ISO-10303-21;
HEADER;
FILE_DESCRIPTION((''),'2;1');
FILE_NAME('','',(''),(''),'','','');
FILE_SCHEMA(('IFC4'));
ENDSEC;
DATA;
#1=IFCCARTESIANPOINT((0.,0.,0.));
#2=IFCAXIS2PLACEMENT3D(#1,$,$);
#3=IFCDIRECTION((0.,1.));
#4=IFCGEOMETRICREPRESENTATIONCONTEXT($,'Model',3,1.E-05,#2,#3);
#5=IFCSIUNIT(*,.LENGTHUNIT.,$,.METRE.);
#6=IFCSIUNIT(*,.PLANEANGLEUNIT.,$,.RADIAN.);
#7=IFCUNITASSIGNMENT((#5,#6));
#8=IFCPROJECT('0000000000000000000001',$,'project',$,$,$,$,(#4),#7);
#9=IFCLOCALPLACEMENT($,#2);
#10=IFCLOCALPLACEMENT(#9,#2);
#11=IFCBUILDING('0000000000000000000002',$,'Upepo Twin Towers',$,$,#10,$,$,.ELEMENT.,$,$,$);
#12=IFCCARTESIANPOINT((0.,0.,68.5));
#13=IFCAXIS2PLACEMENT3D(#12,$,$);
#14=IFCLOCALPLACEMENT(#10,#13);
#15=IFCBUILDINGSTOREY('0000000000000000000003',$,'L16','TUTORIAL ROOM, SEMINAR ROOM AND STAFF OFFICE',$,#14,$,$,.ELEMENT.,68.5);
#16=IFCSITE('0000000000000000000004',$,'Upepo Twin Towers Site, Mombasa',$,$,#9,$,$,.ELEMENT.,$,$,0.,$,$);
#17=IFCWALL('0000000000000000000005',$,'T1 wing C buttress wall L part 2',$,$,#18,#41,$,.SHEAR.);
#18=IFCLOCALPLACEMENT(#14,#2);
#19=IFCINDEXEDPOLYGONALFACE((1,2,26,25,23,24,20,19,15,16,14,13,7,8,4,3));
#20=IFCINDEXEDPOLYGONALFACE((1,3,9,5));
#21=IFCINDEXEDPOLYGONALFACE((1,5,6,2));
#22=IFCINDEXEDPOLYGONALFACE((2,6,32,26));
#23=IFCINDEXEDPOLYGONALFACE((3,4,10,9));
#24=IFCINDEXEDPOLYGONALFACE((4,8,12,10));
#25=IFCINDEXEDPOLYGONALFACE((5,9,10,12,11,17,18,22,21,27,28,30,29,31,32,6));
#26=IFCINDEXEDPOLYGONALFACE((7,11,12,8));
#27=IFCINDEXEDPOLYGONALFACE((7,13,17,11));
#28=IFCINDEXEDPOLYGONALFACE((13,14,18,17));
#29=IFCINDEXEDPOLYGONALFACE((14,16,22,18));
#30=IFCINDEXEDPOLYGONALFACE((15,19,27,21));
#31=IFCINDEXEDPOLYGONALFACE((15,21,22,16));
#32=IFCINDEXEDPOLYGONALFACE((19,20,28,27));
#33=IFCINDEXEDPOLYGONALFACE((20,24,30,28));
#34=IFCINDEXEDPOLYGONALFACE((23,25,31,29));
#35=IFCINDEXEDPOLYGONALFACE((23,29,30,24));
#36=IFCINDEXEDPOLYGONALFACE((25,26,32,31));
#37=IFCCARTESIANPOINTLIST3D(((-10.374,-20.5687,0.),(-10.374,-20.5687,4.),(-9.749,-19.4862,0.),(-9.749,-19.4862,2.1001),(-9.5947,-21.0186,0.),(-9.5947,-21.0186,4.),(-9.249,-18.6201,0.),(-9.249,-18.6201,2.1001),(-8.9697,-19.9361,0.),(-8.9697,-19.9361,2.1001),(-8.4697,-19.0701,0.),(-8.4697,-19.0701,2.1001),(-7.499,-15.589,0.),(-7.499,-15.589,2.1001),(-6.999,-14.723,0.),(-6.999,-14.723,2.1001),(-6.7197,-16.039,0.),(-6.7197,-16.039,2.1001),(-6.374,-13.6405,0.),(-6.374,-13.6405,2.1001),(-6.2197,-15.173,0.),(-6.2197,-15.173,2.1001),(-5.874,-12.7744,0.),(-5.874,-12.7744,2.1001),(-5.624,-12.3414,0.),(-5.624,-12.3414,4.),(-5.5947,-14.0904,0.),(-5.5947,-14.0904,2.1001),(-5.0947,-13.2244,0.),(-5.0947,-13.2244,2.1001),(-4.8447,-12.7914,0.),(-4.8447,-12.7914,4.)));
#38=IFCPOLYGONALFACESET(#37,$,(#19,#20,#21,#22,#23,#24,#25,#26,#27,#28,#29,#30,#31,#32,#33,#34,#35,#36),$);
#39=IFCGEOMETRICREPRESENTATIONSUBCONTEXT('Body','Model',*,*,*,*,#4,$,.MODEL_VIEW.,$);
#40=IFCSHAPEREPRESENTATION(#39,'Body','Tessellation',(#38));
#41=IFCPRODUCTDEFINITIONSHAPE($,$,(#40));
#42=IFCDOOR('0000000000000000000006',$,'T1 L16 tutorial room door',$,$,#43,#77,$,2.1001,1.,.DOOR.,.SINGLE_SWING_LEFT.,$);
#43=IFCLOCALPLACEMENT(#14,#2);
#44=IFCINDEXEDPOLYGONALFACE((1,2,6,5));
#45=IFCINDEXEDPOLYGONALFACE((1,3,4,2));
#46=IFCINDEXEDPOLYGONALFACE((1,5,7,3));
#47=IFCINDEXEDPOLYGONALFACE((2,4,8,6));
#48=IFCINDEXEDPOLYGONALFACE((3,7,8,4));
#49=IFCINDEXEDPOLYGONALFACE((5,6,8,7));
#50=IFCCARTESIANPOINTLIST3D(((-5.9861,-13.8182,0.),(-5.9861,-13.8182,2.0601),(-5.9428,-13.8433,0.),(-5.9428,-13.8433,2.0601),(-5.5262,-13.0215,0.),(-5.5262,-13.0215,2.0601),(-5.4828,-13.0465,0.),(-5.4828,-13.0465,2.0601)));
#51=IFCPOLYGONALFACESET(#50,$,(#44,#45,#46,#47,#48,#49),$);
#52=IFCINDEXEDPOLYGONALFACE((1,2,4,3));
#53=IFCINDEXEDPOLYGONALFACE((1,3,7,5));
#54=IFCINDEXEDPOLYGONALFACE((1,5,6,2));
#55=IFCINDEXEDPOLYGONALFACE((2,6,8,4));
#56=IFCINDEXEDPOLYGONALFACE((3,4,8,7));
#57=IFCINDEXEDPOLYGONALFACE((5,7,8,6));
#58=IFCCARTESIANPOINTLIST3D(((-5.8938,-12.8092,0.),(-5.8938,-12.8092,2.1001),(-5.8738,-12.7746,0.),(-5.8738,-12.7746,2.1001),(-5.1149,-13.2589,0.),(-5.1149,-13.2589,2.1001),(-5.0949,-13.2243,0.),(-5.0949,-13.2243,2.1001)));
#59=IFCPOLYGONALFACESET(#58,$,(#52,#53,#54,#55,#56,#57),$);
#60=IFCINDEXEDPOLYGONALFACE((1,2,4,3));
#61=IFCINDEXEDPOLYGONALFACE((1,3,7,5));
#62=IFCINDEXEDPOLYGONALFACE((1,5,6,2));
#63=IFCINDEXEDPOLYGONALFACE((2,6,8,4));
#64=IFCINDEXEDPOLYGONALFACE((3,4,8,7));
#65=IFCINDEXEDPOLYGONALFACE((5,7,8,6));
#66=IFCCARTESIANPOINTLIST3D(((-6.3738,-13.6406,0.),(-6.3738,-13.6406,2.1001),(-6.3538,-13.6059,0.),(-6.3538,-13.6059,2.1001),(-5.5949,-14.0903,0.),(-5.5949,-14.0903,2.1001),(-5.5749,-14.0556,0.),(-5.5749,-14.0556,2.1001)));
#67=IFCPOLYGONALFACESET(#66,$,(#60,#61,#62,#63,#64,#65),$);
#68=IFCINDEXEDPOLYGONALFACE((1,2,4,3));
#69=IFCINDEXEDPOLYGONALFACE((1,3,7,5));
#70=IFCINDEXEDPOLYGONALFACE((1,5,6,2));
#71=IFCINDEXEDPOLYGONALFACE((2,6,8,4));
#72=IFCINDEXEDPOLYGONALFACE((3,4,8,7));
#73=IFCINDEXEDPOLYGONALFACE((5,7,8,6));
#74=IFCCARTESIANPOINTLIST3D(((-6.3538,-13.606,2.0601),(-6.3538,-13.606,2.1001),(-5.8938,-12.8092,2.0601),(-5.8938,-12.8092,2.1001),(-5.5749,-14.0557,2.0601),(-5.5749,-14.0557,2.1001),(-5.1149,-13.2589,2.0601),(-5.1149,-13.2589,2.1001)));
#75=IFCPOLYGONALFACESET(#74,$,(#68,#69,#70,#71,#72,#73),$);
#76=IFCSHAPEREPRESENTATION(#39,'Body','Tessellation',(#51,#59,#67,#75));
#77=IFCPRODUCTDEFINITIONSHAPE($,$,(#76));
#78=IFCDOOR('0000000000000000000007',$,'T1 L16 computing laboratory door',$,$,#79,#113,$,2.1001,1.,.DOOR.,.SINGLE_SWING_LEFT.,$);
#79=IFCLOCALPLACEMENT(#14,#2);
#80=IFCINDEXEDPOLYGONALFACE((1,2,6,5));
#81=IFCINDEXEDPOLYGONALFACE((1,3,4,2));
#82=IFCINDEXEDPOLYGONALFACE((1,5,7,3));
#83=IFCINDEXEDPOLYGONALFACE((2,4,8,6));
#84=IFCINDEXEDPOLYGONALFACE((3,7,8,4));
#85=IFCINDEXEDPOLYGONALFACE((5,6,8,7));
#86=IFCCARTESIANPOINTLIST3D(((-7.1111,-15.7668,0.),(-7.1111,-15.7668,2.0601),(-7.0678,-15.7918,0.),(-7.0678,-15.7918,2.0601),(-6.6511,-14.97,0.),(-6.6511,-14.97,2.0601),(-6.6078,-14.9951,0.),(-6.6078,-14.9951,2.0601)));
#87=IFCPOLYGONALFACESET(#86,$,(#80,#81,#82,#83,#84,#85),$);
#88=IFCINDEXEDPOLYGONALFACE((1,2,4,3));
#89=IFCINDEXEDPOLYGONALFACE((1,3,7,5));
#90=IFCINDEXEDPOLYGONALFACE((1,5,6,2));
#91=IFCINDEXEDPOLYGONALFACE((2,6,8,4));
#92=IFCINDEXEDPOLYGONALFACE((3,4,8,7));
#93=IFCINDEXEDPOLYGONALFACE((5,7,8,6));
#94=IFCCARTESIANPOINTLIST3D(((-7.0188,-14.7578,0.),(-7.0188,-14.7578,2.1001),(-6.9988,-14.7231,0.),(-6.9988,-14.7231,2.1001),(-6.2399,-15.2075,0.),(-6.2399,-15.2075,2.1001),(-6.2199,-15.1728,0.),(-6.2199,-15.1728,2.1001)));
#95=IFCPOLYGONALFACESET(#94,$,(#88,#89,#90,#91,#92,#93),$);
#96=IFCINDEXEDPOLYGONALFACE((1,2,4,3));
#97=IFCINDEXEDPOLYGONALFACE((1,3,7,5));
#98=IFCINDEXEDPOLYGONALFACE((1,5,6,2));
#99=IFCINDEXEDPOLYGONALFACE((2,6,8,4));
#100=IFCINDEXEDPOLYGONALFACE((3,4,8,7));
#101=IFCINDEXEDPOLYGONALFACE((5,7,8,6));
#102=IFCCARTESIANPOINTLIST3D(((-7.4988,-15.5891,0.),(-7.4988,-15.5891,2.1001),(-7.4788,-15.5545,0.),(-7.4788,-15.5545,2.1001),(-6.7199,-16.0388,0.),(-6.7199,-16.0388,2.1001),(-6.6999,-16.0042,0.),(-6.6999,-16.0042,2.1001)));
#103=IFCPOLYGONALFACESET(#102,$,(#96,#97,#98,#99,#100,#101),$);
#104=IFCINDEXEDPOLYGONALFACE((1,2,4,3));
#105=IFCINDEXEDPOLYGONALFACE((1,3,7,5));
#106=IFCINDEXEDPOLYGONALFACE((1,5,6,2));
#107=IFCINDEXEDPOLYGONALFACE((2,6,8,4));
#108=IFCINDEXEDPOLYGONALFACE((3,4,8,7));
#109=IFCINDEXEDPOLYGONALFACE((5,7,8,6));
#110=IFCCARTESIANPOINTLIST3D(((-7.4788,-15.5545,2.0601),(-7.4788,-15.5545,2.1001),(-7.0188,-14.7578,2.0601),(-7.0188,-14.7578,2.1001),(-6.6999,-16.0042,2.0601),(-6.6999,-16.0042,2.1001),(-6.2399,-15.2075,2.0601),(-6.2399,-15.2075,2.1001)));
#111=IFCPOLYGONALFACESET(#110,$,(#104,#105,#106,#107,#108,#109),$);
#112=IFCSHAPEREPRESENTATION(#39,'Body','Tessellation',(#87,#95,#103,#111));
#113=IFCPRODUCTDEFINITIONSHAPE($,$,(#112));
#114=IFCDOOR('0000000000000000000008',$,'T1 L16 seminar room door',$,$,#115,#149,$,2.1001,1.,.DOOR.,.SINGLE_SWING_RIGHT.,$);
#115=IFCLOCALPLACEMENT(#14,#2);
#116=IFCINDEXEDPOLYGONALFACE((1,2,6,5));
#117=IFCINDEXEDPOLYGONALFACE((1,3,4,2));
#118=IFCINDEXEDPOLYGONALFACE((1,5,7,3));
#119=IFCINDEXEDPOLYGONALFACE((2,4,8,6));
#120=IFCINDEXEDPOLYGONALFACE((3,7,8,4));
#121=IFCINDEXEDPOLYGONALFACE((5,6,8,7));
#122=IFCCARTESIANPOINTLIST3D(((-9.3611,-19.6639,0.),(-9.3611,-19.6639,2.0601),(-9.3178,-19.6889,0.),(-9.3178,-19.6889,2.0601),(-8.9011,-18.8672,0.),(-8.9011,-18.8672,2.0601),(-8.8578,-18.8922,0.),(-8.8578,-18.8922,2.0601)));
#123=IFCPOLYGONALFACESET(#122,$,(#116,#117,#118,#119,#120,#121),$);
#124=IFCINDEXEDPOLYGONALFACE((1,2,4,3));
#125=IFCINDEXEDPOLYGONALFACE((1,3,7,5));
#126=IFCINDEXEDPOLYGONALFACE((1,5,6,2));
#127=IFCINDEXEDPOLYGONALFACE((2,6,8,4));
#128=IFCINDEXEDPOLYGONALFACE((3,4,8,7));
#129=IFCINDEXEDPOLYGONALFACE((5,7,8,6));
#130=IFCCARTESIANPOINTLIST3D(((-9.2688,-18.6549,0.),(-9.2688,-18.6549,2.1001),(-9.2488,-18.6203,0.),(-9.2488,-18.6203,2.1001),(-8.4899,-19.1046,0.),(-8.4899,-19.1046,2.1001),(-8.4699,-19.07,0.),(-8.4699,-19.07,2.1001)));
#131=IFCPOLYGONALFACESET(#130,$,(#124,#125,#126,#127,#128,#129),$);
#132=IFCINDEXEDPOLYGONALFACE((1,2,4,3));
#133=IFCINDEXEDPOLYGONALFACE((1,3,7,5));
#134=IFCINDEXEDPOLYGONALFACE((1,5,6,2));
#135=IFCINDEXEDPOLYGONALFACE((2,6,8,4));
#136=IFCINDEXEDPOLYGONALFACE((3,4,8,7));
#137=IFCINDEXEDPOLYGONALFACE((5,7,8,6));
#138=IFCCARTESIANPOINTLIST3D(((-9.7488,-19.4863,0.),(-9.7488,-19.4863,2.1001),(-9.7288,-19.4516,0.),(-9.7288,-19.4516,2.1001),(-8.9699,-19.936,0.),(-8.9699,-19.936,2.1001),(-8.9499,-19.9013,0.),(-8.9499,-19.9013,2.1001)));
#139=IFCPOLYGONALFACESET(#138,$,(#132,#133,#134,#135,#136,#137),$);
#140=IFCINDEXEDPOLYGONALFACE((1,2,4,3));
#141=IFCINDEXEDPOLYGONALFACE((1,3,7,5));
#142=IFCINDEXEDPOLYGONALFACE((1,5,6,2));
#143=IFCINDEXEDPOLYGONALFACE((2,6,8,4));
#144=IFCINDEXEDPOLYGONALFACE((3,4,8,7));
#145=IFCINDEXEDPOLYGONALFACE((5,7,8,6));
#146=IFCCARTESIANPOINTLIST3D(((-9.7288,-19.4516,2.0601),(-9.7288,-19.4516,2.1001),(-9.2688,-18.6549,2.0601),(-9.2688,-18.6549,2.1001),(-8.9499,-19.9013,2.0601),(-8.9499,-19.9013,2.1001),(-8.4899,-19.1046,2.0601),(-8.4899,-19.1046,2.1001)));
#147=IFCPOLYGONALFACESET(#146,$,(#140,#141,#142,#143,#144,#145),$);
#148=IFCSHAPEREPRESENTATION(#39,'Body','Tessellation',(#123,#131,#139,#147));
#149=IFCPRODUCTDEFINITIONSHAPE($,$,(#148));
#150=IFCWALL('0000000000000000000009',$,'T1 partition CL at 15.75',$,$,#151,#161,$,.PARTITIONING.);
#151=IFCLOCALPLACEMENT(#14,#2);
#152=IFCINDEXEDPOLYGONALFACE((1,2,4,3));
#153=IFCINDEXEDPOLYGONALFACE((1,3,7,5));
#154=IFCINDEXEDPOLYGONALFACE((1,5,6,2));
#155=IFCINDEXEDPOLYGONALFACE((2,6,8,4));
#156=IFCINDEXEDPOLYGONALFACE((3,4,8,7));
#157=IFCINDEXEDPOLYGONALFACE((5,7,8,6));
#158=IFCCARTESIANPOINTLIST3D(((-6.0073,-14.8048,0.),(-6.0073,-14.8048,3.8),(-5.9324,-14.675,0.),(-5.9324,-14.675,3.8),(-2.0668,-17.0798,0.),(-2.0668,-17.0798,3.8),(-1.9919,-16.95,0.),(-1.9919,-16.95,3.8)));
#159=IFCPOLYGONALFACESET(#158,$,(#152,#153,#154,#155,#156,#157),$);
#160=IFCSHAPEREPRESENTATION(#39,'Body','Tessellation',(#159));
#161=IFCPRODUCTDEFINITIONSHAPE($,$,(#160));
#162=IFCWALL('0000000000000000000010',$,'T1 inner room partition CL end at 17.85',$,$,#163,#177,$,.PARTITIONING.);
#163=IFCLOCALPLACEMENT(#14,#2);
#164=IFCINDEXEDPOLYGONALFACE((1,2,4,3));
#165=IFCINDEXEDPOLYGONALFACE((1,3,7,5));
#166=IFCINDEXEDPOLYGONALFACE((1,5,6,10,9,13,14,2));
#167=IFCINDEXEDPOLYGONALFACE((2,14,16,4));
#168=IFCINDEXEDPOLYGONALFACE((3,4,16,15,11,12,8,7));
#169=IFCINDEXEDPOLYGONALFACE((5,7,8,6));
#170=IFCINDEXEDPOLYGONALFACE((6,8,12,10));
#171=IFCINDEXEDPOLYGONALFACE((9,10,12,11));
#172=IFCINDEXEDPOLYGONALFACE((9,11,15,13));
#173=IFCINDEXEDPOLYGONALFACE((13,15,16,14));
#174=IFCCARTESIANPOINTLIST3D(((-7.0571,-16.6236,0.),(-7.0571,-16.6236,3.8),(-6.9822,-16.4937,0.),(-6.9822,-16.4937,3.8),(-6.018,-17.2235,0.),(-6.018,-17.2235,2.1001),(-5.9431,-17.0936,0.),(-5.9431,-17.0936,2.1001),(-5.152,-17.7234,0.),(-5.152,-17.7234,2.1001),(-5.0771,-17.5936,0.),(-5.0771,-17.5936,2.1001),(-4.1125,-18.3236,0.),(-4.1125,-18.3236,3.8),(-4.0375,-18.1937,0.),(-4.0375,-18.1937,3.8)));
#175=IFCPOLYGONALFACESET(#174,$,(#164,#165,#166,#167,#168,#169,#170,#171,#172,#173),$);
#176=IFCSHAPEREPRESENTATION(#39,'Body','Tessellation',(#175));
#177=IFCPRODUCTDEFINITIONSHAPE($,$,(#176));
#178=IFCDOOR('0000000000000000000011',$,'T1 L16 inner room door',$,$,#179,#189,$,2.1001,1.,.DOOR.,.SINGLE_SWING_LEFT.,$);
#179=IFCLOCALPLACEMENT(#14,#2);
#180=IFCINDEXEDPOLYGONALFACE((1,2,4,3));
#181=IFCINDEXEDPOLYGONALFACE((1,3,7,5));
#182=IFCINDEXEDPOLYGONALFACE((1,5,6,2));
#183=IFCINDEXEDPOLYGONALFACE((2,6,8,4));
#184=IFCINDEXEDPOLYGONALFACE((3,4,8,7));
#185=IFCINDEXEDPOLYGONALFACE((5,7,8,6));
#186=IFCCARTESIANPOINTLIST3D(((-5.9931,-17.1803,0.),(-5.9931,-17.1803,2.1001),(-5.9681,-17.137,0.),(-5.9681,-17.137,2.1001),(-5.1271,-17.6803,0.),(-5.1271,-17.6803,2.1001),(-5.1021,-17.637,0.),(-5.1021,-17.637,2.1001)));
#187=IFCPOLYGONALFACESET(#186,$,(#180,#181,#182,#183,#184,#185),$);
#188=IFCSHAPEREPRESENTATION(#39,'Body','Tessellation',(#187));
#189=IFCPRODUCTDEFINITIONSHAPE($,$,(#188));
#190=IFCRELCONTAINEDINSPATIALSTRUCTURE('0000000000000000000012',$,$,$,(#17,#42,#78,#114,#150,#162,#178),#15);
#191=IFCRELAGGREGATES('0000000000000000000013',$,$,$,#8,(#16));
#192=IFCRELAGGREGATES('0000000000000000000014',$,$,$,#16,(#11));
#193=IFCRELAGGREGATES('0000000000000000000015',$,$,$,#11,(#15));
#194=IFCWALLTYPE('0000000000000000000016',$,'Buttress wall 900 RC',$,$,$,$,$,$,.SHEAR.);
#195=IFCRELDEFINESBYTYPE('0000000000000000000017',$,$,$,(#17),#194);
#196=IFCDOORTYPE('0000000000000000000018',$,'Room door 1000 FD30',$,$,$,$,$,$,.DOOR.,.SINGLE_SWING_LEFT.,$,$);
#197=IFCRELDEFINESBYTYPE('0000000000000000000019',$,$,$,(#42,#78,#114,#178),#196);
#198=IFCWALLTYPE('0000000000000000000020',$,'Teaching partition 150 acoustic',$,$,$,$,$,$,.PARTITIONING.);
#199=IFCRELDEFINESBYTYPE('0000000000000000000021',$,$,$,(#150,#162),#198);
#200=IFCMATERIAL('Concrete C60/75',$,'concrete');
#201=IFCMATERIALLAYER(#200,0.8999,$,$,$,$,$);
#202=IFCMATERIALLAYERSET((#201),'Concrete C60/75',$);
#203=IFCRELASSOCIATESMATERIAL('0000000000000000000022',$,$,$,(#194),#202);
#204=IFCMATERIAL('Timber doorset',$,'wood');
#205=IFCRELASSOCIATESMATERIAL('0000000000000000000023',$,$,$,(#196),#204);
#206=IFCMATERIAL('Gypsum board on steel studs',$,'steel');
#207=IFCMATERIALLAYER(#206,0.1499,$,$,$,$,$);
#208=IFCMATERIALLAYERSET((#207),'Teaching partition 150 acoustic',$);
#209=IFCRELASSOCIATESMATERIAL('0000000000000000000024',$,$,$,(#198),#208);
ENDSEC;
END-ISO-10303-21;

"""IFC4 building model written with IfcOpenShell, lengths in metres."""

from ifc_helpers import new_model, si_unit, direction, frame, frame_2d, origin, place, context, subcontext, project, spatial, rectangle, extrude, material, layer, layer_set, type_object, element, fill, save


model = new_model("IFC4")

# Units and contexts
model_context = context("Model", 3, precision=1e-05, world=origin(), true_north=direction((0.0, 1.0)))
body_context = subcontext(model_context, "Body", "Model", "MODEL_VIEW")
ifc_project = project(units=[si_unit("LENGTHUNIT", "METRE"), si_unit("PLANEANGLEUNIT", "RADIAN")], contexts=[model_context])

# Site, building, storey
site_placement = place(None, origin())
site = spatial("IfcSite", under=ifc_project, at=site_placement, Name="Upepo Twin Towers Site, Mombasa", CompositionType="ELEMENT", RefElevation=0.0)
building_placement = place(site_placement, origin())
building = spatial("IfcBuilding", under=site, at=building_placement, Name="Upepo Twin Towers", CompositionType="ELEMENT")
storey_placement = place(building_placement, frame((0.0, 0.0, 68.5)))
storey = spatial("IfcBuildingStorey", under=building, at=storey_placement, Name="L16", Description="TUTORIAL ROOM, SEMINAR ROOM AND STAFF OFFICE", CompositionType="ELEMENT", Elevation=68.5)

# Wall, openings, doors
ifc_material_1 = material(Name="Concrete C60/75", Category="concrete")
ifc_layer_1 = layer(ifc_material_1, 0.8999)
ifc_layer_set_1 = layer_set([ifc_layer_1], Name="Concrete C60/75")
wall_type_1 = type_object("IfcWallType", Name="Buttress wall 900 RC", PredefinedType="SHEAR", material=ifc_layer_set_1)
wall_1_placement = place(storey_placement, frame((-5.2344, -12.5664, 0.0), z_axis=(0.0, 0.0, 1.0), x_axis=(-0.499998, -0.866027, 0.0)))
wall_1 = element("IfcWall", 1, at=wall_1_placement, inside=storey, type_object=wall_type_1, Name="T1 wing C buttress wall L part 2", PredefinedType="SHEAR", context=body_context, shape_type="SweptSolid", body=[
    extrude(rectangle(XDim=9.5, YDim=0.8999, at=frame_2d((4.75, 0.0))), origin(), (0.0, 0.0, 1.0), 4.0),
])
opening_1_placement = place(wall_1_placement, frame((0.5, 0.0, 0.0)))
opening_1 = element("IfcOpeningElement", 2, at=opening_1_placement, cuts=wall_1, PredefinedType="OPENING", context=body_context, shape_type="SweptSolid", body=[
    extrude(rectangle(XDim=1.0, YDim=2.1001, at=frame_2d((0.5, 1.05))), frame((0.0, 0.46, 0.0), z_axis=(0.0, -1.0, 0.0), x_axis=(1.0, 0.0, 0.0)), (0.0, 0.0, 1.0), 0.9199),
])
opening_2_placement = place(wall_1_placement, frame((2.75, 0.0, 0.0)))
opening_2 = element("IfcOpeningElement", 3, at=opening_2_placement, cuts=wall_1, PredefinedType="OPENING", context=body_context, shape_type="SweptSolid", body=[
    extrude(rectangle(XDim=1.0, YDim=2.1001, at=frame_2d((0.5, 1.05))), frame((0.0, 0.46, 0.0), z_axis=(0.0, -1.0, 0.0), x_axis=(1.0, 0.0, 0.0)), (0.0, 0.0, 1.0), 0.9199),
])
opening_3_placement = place(wall_1_placement, frame((7.25, 0.0, 0.0)))
opening_3 = element("IfcOpeningElement", 4, at=opening_3_placement, cuts=wall_1, PredefinedType="OPENING", context=body_context, shape_type="SweptSolid", body=[
    extrude(rectangle(XDim=1.0, YDim=2.1001, at=frame_2d((0.5, 1.05))), frame((0.0, 0.46, 0.0), z_axis=(0.0, -1.0, 0.0), x_axis=(1.0, 0.0, 0.0)), (0.0, 0.0, 1.0), 0.9199),
])
ifc_material_2 = material(Name="Timber doorset", Category="wood")
door_type = type_object("IfcDoorType", Name="Room door 1000 FD30", OperationType="SINGLE_SWING_LEFT", PredefinedType="DOOR", material=ifc_material_2)
door_1_placement = place(opening_1_placement, origin())
door_1 = element("IfcDoor", 5, at=door_1_placement, inside=storey, type_object=door_type, Name="T1 L16 tutorial room door", OperationType="SINGLE_SWING_LEFT", OverallHeight=2.1001, OverallWidth=1.0, PredefinedType="DOOR", context=body_context, shape_type="SweptSolid", body=[
    extrude(rectangle(XDim=0.92, YDim=2.0601, at=frame_2d((0.5, 1.03))), frame((0.0, 0.0249, 0.0), z_axis=(0.0, -1.0, 0.0), x_axis=(1.0, 0.0, 0.0)), (0.0, 0.0, 1.0), 0.05),
    extrude(rectangle(XDim=0.04, YDim=2.1001, at=frame_2d((0.02, 1.05))), frame((0.0, 0.4497, 0.0), z_axis=(0.0, -1.0, 0.0), x_axis=(1.0, 0.0, 0.0)), (0.0, 0.0, 1.0), 0.8994),
    extrude(rectangle(XDim=0.04, YDim=2.1001, at=frame_2d((0.98, 1.05))), frame((0.0, 0.4497, 0.0), z_axis=(0.0, -1.0, 0.0), x_axis=(1.0, 0.0, 0.0)), (0.0, 0.0, 1.0), 0.8994),
    extrude(rectangle(XDim=0.92, YDim=0.04, at=frame_2d((0.5, 2.0801))), frame((0.0, 0.4497, 0.0), z_axis=(0.0, -1.0, 0.0), x_axis=(1.0, 0.0, 0.0)), (0.0, 0.0, 1.0), 0.8994),
])
fill(opening_1, door_1)
door_2_placement = place(opening_2_placement, origin())
door_2 = element("IfcDoor", 6, at=door_2_placement, inside=storey, type_object=door_type, Name="T1 L16 computing laboratory door", OperationType="SINGLE_SWING_LEFT", OverallHeight=2.1001, OverallWidth=1.0, PredefinedType="DOOR", context=body_context, shape_type="SweptSolid", body=[
    extrude(rectangle(XDim=0.92, YDim=2.0601, at=frame_2d((0.5, 1.03))), frame((0.0, 0.0249, 0.0), z_axis=(0.0, -1.0, 0.0), x_axis=(1.0, 0.0, 0.0)), (0.0, 0.0, 1.0), 0.05),
    extrude(rectangle(XDim=0.04, YDim=2.1001, at=frame_2d((0.02, 1.05))), frame((0.0, 0.4497, 0.0), z_axis=(0.0, -1.0, 0.0), x_axis=(1.0, 0.0, 0.0)), (0.0, 0.0, 1.0), 0.8994),
    extrude(rectangle(XDim=0.04, YDim=2.1001, at=frame_2d((0.98, 1.05))), frame((0.0, 0.4497, 0.0), z_axis=(0.0, -1.0, 0.0), x_axis=(1.0, 0.0, 0.0)), (0.0, 0.0, 1.0), 0.8994),
    extrude(rectangle(XDim=0.92, YDim=0.04, at=frame_2d((0.5, 2.0801))), frame((0.0, 0.4497, 0.0), z_axis=(0.0, -1.0, 0.0), x_axis=(1.0, 0.0, 0.0)), (0.0, 0.0, 1.0), 0.8994),
])
fill(opening_2, door_2)
door_3_placement = place(opening_3_placement, origin())
door_3 = element("IfcDoor", 7, at=door_3_placement, inside=storey, type_object=door_type, Name="T1 L16 seminar room door", OperationType="SINGLE_SWING_RIGHT", OverallHeight=2.1001, OverallWidth=1.0, PredefinedType="DOOR", context=body_context, shape_type="SweptSolid", body=[
    extrude(rectangle(XDim=0.92, YDim=2.0601, at=frame_2d((0.5, 1.03))), frame((0.0, 0.0249, 0.0), z_axis=(0.0, -1.0, 0.0), x_axis=(1.0, 0.0, 0.0)), (0.0, 0.0, 1.0), 0.05),
    extrude(rectangle(XDim=0.04, YDim=2.1001, at=frame_2d((0.02, 1.05))), frame((0.0, 0.4497, 0.0), z_axis=(0.0, -1.0, 0.0), x_axis=(1.0, 0.0, 0.0)), (0.0, 0.0, 1.0), 0.8994),
    extrude(rectangle(XDim=0.04, YDim=2.1001, at=frame_2d((0.98, 1.05))), frame((0.0, 0.4497, 0.0), z_axis=(0.0, -1.0, 0.0), x_axis=(1.0, 0.0, 0.0)), (0.0, 0.0, 1.0), 0.8994),
    extrude(rectangle(XDim=0.92, YDim=0.04, at=frame_2d((0.5, 2.0801))), frame((0.0, 0.4497, 0.0), z_axis=(0.0, -1.0, 0.0), x_axis=(1.0, 0.0, 0.0)), (0.0, 0.0, 1.0), 0.8994),
])
fill(opening_3, door_3)

# Wall
ifc_material_3 = material(Name="Gypsum board on steel studs", Category="steel")
ifc_layer_2 = layer(ifc_material_3, 0.1499)
ifc_layer_set_2 = layer_set([ifc_layer_2], Name="Teaching partition 150 acoustic")
wall_type_2 = type_object("IfcWallType", Name="Teaching partition 150 acoustic", PredefinedType="PARTITIONING", material=ifc_layer_set_2)
wall_2_placement = place(storey_placement, frame((-5.9697, -14.74, 0.0), z_axis=(0.0, 0.0, 1.0), x_axis=(0.866035, -0.499983, 0.0)))
element("IfcWall", 8, at=wall_2_placement, inside=storey, type_object=wall_type_2, Name="T1 partition CL at 15.75", PredefinedType="PARTITIONING", context=body_context, shape_type="SweptSolid", body=[
    extrude(rectangle(XDim=4.55, YDim=0.1499, at=frame_2d((2.2749, 0.0))), origin(), (0.0, 0.0, 1.0), 3.8),
])

# Wall, opening, door
wall_3_placement = place(storey_placement, frame((-7.0198, -16.5586, 0.0), z_axis=(0.0, 0.0, 1.0), x_axis=(0.866039, -0.499977, 0.0)))
wall_3 = element("IfcWall", 9, at=wall_3_placement, inside=storey, type_object=wall_type_2, Name="T1 inner room partition CL end at 17.85", PredefinedType="PARTITIONING", context=body_context, shape_type="SweptSolid", body=[
    extrude(rectangle(XDim=3.4001, YDim=0.1499, at=frame_2d((1.7002, 0.0))), origin(), (0.0, 0.0, 1.0), 3.8),
])
opening_4_placement = place(wall_3_placement, frame((1.2, 0.0, 0.0)))
opening_4 = element("IfcOpeningElement", 10, at=opening_4_placement, cuts=wall_3, PredefinedType="OPENING", context=body_context, shape_type="SweptSolid", body=[
    extrude(rectangle(XDim=1.0, YDim=2.1001, at=frame_2d((0.5, 1.05))), frame((0.0, 0.085, 0.0), z_axis=(0.0, -1.0, 0.0), x_axis=(1.0, 0.0, 0.0)), (0.0, 0.0, 1.0), 0.1699),
])
door_4_placement = place(opening_4_placement, origin())
door_4 = element("IfcDoor", 11, at=door_4_placement, inside=storey, type_object=door_type, Name="T1 L16 inner room door", OperationType="SINGLE_SWING_LEFT", OverallHeight=2.1001, OverallWidth=1.0, PredefinedType="DOOR", context=body_context, shape_type="SweptSolid", body=[
    extrude(rectangle(XDim=1.0, YDim=2.1001, at=frame_2d((0.5, 1.05))), frame((0.0, 0.0249, 0.0), z_axis=(0.0, -1.0, 0.0), x_axis=(1.0, 0.0, 0.0)), (0.0, 0.0, 1.0), 0.05),
])
fill(opening_4, door_4)

save(model, "model.ifc")
